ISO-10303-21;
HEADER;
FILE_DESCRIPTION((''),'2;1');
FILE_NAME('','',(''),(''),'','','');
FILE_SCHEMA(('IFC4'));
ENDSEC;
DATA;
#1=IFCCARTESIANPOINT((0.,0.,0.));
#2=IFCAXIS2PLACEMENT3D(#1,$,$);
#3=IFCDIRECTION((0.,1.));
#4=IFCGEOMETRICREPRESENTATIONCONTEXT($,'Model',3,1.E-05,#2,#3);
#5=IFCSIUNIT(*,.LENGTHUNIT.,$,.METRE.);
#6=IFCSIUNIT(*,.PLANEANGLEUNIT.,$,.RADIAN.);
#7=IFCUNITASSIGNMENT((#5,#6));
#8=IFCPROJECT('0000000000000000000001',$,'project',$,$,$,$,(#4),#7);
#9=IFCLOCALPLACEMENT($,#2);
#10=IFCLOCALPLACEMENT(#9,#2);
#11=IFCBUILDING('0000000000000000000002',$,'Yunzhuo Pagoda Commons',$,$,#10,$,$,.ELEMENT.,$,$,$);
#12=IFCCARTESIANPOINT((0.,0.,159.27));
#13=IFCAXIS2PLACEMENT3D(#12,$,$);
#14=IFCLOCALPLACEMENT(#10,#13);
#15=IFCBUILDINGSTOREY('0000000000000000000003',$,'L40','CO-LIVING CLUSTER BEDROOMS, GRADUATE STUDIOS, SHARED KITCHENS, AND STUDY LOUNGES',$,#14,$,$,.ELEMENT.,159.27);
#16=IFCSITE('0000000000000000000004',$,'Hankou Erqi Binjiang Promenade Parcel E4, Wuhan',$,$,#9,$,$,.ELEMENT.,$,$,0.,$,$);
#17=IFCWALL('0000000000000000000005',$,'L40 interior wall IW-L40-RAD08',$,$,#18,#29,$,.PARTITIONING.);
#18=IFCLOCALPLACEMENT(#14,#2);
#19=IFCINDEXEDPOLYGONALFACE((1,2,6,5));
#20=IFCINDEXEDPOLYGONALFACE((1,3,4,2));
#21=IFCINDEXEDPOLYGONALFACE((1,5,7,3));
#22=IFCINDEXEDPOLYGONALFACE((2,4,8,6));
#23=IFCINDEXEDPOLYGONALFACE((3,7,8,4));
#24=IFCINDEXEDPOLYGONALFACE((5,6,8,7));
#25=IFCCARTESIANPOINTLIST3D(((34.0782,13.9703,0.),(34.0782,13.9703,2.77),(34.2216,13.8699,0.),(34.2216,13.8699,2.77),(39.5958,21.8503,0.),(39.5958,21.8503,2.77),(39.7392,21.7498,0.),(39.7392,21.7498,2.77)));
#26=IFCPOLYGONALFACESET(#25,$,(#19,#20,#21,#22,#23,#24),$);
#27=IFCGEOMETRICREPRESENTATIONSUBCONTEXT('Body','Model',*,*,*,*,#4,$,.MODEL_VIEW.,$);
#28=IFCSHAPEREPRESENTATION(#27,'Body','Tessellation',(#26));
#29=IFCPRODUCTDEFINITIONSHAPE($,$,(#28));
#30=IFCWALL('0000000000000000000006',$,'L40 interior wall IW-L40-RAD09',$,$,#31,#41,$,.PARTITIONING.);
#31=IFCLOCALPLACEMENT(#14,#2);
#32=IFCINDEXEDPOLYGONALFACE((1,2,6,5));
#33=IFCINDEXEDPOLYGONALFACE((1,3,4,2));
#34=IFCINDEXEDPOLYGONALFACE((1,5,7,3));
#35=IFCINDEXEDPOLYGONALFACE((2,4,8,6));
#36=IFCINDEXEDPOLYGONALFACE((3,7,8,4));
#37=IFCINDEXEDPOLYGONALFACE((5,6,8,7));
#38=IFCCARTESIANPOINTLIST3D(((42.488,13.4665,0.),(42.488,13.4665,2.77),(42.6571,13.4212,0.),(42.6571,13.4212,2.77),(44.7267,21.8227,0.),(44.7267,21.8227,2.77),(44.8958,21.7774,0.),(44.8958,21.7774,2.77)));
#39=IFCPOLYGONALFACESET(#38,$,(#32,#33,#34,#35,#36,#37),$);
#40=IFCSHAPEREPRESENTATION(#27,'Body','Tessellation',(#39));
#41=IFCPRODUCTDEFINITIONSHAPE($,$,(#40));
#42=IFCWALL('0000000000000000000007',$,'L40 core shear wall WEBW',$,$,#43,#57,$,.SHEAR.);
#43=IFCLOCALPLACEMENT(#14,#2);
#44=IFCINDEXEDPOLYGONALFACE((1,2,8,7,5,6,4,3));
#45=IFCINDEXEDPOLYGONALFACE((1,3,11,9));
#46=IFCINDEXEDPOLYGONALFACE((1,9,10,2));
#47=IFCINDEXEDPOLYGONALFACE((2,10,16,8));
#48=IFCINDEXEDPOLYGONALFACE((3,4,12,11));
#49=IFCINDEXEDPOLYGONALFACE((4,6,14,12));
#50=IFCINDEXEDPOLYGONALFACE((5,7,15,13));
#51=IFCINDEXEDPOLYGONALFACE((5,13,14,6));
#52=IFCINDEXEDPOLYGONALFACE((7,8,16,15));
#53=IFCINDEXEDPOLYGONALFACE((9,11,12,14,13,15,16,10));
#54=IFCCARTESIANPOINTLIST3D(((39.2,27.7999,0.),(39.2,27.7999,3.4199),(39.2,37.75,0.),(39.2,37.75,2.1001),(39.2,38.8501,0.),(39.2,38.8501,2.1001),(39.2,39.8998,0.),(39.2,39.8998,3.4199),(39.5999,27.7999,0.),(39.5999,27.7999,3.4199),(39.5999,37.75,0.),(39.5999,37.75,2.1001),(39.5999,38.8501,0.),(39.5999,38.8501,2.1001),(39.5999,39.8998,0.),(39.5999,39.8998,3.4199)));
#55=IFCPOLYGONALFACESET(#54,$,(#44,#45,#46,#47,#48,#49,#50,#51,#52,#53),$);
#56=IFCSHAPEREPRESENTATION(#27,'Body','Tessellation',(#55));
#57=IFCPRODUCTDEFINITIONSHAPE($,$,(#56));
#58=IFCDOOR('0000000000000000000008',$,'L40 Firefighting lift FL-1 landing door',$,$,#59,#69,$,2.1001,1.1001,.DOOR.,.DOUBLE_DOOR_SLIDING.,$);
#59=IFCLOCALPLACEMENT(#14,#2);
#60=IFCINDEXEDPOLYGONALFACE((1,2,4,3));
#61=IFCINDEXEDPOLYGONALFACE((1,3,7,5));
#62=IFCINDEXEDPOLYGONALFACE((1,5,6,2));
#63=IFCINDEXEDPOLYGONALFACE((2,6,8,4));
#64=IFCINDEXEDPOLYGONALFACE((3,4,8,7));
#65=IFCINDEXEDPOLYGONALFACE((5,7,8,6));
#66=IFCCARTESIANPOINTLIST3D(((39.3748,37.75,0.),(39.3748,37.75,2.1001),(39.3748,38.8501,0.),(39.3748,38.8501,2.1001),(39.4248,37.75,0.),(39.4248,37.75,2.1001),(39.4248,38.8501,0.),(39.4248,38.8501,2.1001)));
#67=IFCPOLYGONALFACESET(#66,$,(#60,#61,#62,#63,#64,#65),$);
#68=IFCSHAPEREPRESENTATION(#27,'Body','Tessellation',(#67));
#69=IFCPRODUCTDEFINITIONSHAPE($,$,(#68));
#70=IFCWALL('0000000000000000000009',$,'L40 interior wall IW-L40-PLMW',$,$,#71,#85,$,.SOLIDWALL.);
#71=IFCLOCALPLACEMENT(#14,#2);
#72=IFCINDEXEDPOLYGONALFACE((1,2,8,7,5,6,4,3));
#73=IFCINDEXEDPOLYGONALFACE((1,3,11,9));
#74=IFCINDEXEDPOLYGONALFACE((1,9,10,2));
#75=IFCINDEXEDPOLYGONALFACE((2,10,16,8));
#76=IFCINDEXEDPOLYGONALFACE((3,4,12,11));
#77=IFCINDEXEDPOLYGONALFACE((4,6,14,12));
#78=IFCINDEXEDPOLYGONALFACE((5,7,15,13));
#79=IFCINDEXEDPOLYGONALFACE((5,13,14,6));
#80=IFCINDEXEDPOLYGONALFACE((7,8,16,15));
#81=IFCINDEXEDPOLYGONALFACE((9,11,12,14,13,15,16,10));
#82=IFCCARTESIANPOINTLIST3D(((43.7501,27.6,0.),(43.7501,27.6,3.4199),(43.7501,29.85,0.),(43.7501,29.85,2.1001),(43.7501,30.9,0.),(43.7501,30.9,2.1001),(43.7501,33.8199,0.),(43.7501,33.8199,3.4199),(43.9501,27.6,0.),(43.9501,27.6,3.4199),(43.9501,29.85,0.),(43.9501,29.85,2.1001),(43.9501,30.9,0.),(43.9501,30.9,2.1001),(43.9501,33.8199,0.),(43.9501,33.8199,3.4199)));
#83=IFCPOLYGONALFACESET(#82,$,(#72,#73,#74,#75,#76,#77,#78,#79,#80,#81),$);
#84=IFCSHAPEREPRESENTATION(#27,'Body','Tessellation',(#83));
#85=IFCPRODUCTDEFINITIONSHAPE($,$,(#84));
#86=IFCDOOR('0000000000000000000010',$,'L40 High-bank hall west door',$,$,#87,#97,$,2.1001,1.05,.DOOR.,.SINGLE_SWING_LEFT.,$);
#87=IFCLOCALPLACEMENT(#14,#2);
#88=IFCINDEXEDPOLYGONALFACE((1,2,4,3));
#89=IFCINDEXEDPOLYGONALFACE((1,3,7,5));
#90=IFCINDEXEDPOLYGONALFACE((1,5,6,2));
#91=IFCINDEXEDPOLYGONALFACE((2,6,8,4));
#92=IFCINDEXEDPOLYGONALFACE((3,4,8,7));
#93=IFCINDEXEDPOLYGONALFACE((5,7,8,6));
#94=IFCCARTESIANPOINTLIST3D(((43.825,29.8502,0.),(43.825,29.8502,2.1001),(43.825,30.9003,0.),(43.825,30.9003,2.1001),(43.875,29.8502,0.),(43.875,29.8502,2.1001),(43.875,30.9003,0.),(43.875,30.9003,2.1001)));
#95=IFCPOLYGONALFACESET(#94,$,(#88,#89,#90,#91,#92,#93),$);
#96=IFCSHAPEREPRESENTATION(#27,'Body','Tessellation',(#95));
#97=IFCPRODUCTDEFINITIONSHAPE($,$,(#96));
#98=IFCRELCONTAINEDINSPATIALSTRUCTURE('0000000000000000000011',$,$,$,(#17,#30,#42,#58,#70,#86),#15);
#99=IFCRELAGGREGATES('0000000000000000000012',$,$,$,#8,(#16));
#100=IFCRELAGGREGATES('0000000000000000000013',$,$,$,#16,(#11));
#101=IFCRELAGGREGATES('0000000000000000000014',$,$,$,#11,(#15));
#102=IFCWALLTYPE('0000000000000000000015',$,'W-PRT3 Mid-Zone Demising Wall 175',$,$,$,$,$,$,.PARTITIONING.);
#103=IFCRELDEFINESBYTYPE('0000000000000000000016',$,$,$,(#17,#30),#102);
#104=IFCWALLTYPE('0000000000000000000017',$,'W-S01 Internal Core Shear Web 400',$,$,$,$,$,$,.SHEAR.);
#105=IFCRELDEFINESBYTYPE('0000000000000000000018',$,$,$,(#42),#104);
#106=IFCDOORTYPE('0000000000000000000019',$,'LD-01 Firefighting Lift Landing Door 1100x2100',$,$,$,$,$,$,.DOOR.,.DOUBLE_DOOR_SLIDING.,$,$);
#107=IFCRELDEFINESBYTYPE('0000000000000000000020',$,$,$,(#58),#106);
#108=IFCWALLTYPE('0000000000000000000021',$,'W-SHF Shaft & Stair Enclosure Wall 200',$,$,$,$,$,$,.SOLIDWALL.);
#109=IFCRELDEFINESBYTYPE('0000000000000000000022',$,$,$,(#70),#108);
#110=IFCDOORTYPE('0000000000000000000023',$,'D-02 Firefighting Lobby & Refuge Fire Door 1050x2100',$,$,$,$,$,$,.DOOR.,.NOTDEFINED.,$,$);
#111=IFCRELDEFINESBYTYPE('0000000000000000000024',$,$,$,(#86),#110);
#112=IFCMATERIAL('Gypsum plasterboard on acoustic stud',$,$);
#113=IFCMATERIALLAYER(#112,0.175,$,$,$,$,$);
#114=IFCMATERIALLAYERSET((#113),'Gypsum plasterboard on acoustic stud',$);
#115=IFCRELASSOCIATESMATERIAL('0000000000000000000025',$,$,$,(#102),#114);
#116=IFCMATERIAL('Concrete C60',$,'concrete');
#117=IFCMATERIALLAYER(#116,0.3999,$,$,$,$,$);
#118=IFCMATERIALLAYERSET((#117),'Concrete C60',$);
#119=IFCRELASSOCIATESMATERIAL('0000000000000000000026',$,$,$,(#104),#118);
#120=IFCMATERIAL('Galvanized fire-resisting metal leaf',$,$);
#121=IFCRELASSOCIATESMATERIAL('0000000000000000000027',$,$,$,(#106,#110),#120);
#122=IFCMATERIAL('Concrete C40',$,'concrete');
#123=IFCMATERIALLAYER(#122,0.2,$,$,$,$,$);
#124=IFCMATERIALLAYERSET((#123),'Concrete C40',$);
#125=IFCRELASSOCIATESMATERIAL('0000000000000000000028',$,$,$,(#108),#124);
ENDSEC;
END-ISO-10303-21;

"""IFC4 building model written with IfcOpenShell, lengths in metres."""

from ifc_helpers import new_model, si_unit, direction, frame, frame_2d, origin, place, context, subcontext, project, spatial, rectangle, extrude, source, transform, mapped, material, layer, layer_set, type_object, element, fill, save


model = new_model("IFC4")

# Units and contexts
model_context = context("Model", 3, precision=1e-05, world=origin(), true_north=direction((0.0, 1.0)))
body_context = subcontext(model_context, "Body", "Model", "MODEL_VIEW")
ifc_project = project(units=[si_unit("LENGTHUNIT", "METRE"), si_unit("PLANEANGLEUNIT", "RADIAN")], contexts=[model_context])

# Site, building, storey
site_placement = place(None, origin())
site = spatial("IfcSite", under=ifc_project, at=site_placement, Name="Hankou Erqi Binjiang Promenade Parcel E4, Wuhan", CompositionType="ELEMENT", RefElevation=0.0)
building_placement = place(site_placement, origin())
building = spatial("IfcBuilding", under=site, at=building_placement, Name="Yunzhuo Pagoda Commons", CompositionType="ELEMENT")
storey_placement = place(building_placement, frame((0.0, 0.0, 159.27)))
storey = spatial("IfcBuildingStorey", under=building, at=storey_placement, Name="L40", Description="CO-LIVING CLUSTER BEDROOMS, GRADUATE STUDIOS, SHARED KITCHENS, AND STUDY LOUNGES", CompositionType="ELEMENT", Elevation=159.27)

# Shared definitions
ifc_material_1 = material(Name="Gypsum plasterboard on acoustic stud")
ifc_material_2 = material(Name="Galvanized fire-resisting metal leaf")

# Walls
ifc_layer_1 = layer(ifc_material_1, 0.175)
ifc_layer_set_1 = layer_set([ifc_layer_1], Name="Gypsum plasterboard on acoustic stud")
wall_type_1 = type_object("IfcWallType", Name="W-PRT3 Mid-Zone Demising Wall 175", PredefinedType="PARTITIONING", material=ifc_layer_set_1)
wall_1_placement = place(storey_placement, frame((39.6675, 21.8, 0.0), z_axis=(0.0, 0.0, 1.0), x_axis=(-0.573578, -0.819151, 0.0)))
element("IfcWall", 1, at=wall_1_placement, inside=storey, type_object=wall_type_1, Name="L40 interior wall IW-L40-RAD08", PredefinedType="PARTITIONING", context=body_context, shape_type="SweptSolid", body=[
    extrude(rectangle(XDim=9.6196, YDim=0.175, at=frame_2d((4.8098, 0.0))), origin(), (0.0, 0.0, 1.0), 2.77),
])
wall_2_placement = place(storey_placement, frame((44.8113, 21.8, 0.0), z_axis=(0.0, 0.0, 1.0), x_axis=(-0.25879, -0.965934, 0.0)))
element("IfcWall", 2, at=wall_2_placement, inside=storey, type_object=wall_type_1, Name="L40 interior wall IW-L40-RAD09", PredefinedType="PARTITIONING", context=body_context, shape_type="SweptSolid", body=[
    extrude(rectangle(XDim=8.6509, YDim=0.175, at=frame_2d((4.3254, 0.0))), origin(), (0.0, 0.0, 1.0), 2.77),
])

# Walls, openings, doors
ifc_material_3 = material(Name="Concrete C60", Category="concrete")
ifc_layer_2 = layer(ifc_material_3, 0.3999)
ifc_layer_set_2 = layer_set([ifc_layer_2], Name="Concrete C60")
wall_type_2 = type_object("IfcWallType", Name="W-S01 Internal Core Shear Web 400", PredefinedType="SHEAR", material=ifc_layer_set_2)
wall_3_placement = place(storey_placement, frame((39.3999, 27.8, 0.0), z_axis=(0.0, 0.0, 1.0), x_axis=(0.0, 1.0, 0.0)))
wall_3 = element("IfcWall", 3, at=wall_3_placement, inside=storey, type_object=wall_type_2, Name="L40 core shear wall WEBW", PredefinedType="SHEAR", context=body_context, shape_type="SweptSolid", body=[
    extrude(rectangle(XDim=12.0999, YDim=0.3999, at=frame_2d((6.0498, 0.0))), origin(), (0.0, 0.0, 1.0), 3.4199),
])
opening_1_placement = place(wall_3_placement, frame((9.95, 0.0, 0.0)))
opening_1 = element("IfcOpeningElement", 4, at=opening_1_placement, cuts=wall_3, PredefinedType="OPENING", context=body_context, shape_type="SweptSolid", body=[
    extrude(rectangle(XDim=1.1001, YDim=2.1001, at=frame_2d((0.55, 1.05))), frame((0.0, 0.21, 0.0), z_axis=(0.0, -1.0, 0.0), x_axis=(1.0, 0.0, 0.0)), (0.0, 0.0, 1.0), 0.4199),
])
door_type_1 = type_object("IfcDoorType", Name="LD-01 Firefighting Lift Landing Door 1100x2100", OperationType="DOUBLE_DOOR_SLIDING", PredefinedType="DOOR", material=ifc_material_2)
shared_shape_1 = source(origin(), body_context, "Body", "SweptSolid", [
    extrude(rectangle(XDim=1.1001, YDim=2.1001, at=frame_2d((0.55, 1.05))), frame((0.0, 0.0249, 0.0), z_axis=(0.0, -1.0, 0.0), x_axis=(1.0, 0.0, 0.0)), (0.0, 0.0, 1.0), 0.05),
])
door_1_placement = place(opening_1_placement, frame((1.1001, 0.0, 0.0), z_axis=(0.0, 0.0, 1.0), x_axis=(-1.0, 0.0, 0.0)))
door_1 = element("IfcDoor", 5, at=door_1_placement, inside=storey, type_object=door_type_1, Name="L40 Firefighting lift FL-1 landing door", OperationType="DOUBLE_DOOR_SLIDING", OverallHeight=2.1001, OverallWidth=1.1001, PredefinedType="DOOR", context=body_context, shape_type="MappedRepresentation", body=[
    mapped(shared_shape_1, transform((0.0, 0.0, 0.0), scale=1.0)),
])
fill(opening_1, door_1)
ifc_material_4 = material(Name="Concrete C40", Category="concrete")
ifc_layer_3 = layer(ifc_material_4, 0.2)
ifc_layer_set_3 = layer_set([ifc_layer_3], Name="Concrete C40")
wall_type_3 = type_object("IfcWallType", Name="W-SHF Shaft & Stair Enclosure Wall 200", PredefinedType="SOLIDWALL", material=ifc_layer_set_3)
wall_4_placement = place(storey_placement, frame((43.8501, 27.6001, 0.0), z_axis=(0.0, 0.0, 1.0), x_axis=(0.0, 1.0, 0.0)))
wall_4 = element("IfcWall", 6, at=wall_4_placement, inside=storey, type_object=wall_type_3, Name="L40 interior wall IW-L40-PLMW", PredefinedType="SOLIDWALL", context=body_context, shape_type="SweptSolid", body=[
    extrude(rectangle(XDim=6.22, YDim=0.2, at=frame_2d((3.1099, 0.0))), origin(), (0.0, 0.0, 1.0), 3.4199),
])
opening_2_placement = place(wall_4_placement, frame((2.25, 0.0, 0.0)))
opening_2 = element("IfcOpeningElement", 7, at=opening_2_placement, cuts=wall_4, PredefinedType="OPENING", context=body_context, shape_type="SweptSolid", body=[
    extrude(rectangle(XDim=1.05, YDim=2.1001, at=frame_2d((0.5249, 1.05))), frame((0.0, 0.1099, 0.0), z_axis=(0.0, -1.0, 0.0), x_axis=(1.0, 0.0, 0.0)), (0.0, 0.0, 1.0), 0.22),
])
door_type_2 = type_object("IfcDoorType", Name="D-02 Firefighting Lobby & Refuge Fire Door 1050x2100", OperationType="NOTDEFINED", PredefinedType="DOOR", material=ifc_material_2)
shared_shape_2 = source(origin(), body_context, "Body", "SweptSolid", [
    extrude(rectangle(XDim=1.05, YDim=2.1001, at=frame_2d((0.5249, 1.05))), frame((0.0, 0.0249, 0.0), z_axis=(0.0, -1.0, 0.0), x_axis=(1.0, 0.0, 0.0)), (0.0, 0.0, 1.0), 0.05),
])
door_2_placement = place(opening_2_placement, frame((1.05, 0.0, 0.0), z_axis=(0.0, 0.0, 1.0), x_axis=(-1.0, 0.0, 0.0)))
door_2 = element("IfcDoor", 8, at=door_2_placement, inside=storey, type_object=door_type_2, Name="L40 High-bank hall west door", OperationType="SINGLE_SWING_LEFT", OverallHeight=2.1001, OverallWidth=1.05, PredefinedType="DOOR", context=body_context, shape_type="MappedRepresentation", body=[
    mapped(shared_shape_2, transform((0.0, 0.0, 0.0), scale=1.0)),
])
fill(opening_2, door_2)

save(model, "model.ifc")
